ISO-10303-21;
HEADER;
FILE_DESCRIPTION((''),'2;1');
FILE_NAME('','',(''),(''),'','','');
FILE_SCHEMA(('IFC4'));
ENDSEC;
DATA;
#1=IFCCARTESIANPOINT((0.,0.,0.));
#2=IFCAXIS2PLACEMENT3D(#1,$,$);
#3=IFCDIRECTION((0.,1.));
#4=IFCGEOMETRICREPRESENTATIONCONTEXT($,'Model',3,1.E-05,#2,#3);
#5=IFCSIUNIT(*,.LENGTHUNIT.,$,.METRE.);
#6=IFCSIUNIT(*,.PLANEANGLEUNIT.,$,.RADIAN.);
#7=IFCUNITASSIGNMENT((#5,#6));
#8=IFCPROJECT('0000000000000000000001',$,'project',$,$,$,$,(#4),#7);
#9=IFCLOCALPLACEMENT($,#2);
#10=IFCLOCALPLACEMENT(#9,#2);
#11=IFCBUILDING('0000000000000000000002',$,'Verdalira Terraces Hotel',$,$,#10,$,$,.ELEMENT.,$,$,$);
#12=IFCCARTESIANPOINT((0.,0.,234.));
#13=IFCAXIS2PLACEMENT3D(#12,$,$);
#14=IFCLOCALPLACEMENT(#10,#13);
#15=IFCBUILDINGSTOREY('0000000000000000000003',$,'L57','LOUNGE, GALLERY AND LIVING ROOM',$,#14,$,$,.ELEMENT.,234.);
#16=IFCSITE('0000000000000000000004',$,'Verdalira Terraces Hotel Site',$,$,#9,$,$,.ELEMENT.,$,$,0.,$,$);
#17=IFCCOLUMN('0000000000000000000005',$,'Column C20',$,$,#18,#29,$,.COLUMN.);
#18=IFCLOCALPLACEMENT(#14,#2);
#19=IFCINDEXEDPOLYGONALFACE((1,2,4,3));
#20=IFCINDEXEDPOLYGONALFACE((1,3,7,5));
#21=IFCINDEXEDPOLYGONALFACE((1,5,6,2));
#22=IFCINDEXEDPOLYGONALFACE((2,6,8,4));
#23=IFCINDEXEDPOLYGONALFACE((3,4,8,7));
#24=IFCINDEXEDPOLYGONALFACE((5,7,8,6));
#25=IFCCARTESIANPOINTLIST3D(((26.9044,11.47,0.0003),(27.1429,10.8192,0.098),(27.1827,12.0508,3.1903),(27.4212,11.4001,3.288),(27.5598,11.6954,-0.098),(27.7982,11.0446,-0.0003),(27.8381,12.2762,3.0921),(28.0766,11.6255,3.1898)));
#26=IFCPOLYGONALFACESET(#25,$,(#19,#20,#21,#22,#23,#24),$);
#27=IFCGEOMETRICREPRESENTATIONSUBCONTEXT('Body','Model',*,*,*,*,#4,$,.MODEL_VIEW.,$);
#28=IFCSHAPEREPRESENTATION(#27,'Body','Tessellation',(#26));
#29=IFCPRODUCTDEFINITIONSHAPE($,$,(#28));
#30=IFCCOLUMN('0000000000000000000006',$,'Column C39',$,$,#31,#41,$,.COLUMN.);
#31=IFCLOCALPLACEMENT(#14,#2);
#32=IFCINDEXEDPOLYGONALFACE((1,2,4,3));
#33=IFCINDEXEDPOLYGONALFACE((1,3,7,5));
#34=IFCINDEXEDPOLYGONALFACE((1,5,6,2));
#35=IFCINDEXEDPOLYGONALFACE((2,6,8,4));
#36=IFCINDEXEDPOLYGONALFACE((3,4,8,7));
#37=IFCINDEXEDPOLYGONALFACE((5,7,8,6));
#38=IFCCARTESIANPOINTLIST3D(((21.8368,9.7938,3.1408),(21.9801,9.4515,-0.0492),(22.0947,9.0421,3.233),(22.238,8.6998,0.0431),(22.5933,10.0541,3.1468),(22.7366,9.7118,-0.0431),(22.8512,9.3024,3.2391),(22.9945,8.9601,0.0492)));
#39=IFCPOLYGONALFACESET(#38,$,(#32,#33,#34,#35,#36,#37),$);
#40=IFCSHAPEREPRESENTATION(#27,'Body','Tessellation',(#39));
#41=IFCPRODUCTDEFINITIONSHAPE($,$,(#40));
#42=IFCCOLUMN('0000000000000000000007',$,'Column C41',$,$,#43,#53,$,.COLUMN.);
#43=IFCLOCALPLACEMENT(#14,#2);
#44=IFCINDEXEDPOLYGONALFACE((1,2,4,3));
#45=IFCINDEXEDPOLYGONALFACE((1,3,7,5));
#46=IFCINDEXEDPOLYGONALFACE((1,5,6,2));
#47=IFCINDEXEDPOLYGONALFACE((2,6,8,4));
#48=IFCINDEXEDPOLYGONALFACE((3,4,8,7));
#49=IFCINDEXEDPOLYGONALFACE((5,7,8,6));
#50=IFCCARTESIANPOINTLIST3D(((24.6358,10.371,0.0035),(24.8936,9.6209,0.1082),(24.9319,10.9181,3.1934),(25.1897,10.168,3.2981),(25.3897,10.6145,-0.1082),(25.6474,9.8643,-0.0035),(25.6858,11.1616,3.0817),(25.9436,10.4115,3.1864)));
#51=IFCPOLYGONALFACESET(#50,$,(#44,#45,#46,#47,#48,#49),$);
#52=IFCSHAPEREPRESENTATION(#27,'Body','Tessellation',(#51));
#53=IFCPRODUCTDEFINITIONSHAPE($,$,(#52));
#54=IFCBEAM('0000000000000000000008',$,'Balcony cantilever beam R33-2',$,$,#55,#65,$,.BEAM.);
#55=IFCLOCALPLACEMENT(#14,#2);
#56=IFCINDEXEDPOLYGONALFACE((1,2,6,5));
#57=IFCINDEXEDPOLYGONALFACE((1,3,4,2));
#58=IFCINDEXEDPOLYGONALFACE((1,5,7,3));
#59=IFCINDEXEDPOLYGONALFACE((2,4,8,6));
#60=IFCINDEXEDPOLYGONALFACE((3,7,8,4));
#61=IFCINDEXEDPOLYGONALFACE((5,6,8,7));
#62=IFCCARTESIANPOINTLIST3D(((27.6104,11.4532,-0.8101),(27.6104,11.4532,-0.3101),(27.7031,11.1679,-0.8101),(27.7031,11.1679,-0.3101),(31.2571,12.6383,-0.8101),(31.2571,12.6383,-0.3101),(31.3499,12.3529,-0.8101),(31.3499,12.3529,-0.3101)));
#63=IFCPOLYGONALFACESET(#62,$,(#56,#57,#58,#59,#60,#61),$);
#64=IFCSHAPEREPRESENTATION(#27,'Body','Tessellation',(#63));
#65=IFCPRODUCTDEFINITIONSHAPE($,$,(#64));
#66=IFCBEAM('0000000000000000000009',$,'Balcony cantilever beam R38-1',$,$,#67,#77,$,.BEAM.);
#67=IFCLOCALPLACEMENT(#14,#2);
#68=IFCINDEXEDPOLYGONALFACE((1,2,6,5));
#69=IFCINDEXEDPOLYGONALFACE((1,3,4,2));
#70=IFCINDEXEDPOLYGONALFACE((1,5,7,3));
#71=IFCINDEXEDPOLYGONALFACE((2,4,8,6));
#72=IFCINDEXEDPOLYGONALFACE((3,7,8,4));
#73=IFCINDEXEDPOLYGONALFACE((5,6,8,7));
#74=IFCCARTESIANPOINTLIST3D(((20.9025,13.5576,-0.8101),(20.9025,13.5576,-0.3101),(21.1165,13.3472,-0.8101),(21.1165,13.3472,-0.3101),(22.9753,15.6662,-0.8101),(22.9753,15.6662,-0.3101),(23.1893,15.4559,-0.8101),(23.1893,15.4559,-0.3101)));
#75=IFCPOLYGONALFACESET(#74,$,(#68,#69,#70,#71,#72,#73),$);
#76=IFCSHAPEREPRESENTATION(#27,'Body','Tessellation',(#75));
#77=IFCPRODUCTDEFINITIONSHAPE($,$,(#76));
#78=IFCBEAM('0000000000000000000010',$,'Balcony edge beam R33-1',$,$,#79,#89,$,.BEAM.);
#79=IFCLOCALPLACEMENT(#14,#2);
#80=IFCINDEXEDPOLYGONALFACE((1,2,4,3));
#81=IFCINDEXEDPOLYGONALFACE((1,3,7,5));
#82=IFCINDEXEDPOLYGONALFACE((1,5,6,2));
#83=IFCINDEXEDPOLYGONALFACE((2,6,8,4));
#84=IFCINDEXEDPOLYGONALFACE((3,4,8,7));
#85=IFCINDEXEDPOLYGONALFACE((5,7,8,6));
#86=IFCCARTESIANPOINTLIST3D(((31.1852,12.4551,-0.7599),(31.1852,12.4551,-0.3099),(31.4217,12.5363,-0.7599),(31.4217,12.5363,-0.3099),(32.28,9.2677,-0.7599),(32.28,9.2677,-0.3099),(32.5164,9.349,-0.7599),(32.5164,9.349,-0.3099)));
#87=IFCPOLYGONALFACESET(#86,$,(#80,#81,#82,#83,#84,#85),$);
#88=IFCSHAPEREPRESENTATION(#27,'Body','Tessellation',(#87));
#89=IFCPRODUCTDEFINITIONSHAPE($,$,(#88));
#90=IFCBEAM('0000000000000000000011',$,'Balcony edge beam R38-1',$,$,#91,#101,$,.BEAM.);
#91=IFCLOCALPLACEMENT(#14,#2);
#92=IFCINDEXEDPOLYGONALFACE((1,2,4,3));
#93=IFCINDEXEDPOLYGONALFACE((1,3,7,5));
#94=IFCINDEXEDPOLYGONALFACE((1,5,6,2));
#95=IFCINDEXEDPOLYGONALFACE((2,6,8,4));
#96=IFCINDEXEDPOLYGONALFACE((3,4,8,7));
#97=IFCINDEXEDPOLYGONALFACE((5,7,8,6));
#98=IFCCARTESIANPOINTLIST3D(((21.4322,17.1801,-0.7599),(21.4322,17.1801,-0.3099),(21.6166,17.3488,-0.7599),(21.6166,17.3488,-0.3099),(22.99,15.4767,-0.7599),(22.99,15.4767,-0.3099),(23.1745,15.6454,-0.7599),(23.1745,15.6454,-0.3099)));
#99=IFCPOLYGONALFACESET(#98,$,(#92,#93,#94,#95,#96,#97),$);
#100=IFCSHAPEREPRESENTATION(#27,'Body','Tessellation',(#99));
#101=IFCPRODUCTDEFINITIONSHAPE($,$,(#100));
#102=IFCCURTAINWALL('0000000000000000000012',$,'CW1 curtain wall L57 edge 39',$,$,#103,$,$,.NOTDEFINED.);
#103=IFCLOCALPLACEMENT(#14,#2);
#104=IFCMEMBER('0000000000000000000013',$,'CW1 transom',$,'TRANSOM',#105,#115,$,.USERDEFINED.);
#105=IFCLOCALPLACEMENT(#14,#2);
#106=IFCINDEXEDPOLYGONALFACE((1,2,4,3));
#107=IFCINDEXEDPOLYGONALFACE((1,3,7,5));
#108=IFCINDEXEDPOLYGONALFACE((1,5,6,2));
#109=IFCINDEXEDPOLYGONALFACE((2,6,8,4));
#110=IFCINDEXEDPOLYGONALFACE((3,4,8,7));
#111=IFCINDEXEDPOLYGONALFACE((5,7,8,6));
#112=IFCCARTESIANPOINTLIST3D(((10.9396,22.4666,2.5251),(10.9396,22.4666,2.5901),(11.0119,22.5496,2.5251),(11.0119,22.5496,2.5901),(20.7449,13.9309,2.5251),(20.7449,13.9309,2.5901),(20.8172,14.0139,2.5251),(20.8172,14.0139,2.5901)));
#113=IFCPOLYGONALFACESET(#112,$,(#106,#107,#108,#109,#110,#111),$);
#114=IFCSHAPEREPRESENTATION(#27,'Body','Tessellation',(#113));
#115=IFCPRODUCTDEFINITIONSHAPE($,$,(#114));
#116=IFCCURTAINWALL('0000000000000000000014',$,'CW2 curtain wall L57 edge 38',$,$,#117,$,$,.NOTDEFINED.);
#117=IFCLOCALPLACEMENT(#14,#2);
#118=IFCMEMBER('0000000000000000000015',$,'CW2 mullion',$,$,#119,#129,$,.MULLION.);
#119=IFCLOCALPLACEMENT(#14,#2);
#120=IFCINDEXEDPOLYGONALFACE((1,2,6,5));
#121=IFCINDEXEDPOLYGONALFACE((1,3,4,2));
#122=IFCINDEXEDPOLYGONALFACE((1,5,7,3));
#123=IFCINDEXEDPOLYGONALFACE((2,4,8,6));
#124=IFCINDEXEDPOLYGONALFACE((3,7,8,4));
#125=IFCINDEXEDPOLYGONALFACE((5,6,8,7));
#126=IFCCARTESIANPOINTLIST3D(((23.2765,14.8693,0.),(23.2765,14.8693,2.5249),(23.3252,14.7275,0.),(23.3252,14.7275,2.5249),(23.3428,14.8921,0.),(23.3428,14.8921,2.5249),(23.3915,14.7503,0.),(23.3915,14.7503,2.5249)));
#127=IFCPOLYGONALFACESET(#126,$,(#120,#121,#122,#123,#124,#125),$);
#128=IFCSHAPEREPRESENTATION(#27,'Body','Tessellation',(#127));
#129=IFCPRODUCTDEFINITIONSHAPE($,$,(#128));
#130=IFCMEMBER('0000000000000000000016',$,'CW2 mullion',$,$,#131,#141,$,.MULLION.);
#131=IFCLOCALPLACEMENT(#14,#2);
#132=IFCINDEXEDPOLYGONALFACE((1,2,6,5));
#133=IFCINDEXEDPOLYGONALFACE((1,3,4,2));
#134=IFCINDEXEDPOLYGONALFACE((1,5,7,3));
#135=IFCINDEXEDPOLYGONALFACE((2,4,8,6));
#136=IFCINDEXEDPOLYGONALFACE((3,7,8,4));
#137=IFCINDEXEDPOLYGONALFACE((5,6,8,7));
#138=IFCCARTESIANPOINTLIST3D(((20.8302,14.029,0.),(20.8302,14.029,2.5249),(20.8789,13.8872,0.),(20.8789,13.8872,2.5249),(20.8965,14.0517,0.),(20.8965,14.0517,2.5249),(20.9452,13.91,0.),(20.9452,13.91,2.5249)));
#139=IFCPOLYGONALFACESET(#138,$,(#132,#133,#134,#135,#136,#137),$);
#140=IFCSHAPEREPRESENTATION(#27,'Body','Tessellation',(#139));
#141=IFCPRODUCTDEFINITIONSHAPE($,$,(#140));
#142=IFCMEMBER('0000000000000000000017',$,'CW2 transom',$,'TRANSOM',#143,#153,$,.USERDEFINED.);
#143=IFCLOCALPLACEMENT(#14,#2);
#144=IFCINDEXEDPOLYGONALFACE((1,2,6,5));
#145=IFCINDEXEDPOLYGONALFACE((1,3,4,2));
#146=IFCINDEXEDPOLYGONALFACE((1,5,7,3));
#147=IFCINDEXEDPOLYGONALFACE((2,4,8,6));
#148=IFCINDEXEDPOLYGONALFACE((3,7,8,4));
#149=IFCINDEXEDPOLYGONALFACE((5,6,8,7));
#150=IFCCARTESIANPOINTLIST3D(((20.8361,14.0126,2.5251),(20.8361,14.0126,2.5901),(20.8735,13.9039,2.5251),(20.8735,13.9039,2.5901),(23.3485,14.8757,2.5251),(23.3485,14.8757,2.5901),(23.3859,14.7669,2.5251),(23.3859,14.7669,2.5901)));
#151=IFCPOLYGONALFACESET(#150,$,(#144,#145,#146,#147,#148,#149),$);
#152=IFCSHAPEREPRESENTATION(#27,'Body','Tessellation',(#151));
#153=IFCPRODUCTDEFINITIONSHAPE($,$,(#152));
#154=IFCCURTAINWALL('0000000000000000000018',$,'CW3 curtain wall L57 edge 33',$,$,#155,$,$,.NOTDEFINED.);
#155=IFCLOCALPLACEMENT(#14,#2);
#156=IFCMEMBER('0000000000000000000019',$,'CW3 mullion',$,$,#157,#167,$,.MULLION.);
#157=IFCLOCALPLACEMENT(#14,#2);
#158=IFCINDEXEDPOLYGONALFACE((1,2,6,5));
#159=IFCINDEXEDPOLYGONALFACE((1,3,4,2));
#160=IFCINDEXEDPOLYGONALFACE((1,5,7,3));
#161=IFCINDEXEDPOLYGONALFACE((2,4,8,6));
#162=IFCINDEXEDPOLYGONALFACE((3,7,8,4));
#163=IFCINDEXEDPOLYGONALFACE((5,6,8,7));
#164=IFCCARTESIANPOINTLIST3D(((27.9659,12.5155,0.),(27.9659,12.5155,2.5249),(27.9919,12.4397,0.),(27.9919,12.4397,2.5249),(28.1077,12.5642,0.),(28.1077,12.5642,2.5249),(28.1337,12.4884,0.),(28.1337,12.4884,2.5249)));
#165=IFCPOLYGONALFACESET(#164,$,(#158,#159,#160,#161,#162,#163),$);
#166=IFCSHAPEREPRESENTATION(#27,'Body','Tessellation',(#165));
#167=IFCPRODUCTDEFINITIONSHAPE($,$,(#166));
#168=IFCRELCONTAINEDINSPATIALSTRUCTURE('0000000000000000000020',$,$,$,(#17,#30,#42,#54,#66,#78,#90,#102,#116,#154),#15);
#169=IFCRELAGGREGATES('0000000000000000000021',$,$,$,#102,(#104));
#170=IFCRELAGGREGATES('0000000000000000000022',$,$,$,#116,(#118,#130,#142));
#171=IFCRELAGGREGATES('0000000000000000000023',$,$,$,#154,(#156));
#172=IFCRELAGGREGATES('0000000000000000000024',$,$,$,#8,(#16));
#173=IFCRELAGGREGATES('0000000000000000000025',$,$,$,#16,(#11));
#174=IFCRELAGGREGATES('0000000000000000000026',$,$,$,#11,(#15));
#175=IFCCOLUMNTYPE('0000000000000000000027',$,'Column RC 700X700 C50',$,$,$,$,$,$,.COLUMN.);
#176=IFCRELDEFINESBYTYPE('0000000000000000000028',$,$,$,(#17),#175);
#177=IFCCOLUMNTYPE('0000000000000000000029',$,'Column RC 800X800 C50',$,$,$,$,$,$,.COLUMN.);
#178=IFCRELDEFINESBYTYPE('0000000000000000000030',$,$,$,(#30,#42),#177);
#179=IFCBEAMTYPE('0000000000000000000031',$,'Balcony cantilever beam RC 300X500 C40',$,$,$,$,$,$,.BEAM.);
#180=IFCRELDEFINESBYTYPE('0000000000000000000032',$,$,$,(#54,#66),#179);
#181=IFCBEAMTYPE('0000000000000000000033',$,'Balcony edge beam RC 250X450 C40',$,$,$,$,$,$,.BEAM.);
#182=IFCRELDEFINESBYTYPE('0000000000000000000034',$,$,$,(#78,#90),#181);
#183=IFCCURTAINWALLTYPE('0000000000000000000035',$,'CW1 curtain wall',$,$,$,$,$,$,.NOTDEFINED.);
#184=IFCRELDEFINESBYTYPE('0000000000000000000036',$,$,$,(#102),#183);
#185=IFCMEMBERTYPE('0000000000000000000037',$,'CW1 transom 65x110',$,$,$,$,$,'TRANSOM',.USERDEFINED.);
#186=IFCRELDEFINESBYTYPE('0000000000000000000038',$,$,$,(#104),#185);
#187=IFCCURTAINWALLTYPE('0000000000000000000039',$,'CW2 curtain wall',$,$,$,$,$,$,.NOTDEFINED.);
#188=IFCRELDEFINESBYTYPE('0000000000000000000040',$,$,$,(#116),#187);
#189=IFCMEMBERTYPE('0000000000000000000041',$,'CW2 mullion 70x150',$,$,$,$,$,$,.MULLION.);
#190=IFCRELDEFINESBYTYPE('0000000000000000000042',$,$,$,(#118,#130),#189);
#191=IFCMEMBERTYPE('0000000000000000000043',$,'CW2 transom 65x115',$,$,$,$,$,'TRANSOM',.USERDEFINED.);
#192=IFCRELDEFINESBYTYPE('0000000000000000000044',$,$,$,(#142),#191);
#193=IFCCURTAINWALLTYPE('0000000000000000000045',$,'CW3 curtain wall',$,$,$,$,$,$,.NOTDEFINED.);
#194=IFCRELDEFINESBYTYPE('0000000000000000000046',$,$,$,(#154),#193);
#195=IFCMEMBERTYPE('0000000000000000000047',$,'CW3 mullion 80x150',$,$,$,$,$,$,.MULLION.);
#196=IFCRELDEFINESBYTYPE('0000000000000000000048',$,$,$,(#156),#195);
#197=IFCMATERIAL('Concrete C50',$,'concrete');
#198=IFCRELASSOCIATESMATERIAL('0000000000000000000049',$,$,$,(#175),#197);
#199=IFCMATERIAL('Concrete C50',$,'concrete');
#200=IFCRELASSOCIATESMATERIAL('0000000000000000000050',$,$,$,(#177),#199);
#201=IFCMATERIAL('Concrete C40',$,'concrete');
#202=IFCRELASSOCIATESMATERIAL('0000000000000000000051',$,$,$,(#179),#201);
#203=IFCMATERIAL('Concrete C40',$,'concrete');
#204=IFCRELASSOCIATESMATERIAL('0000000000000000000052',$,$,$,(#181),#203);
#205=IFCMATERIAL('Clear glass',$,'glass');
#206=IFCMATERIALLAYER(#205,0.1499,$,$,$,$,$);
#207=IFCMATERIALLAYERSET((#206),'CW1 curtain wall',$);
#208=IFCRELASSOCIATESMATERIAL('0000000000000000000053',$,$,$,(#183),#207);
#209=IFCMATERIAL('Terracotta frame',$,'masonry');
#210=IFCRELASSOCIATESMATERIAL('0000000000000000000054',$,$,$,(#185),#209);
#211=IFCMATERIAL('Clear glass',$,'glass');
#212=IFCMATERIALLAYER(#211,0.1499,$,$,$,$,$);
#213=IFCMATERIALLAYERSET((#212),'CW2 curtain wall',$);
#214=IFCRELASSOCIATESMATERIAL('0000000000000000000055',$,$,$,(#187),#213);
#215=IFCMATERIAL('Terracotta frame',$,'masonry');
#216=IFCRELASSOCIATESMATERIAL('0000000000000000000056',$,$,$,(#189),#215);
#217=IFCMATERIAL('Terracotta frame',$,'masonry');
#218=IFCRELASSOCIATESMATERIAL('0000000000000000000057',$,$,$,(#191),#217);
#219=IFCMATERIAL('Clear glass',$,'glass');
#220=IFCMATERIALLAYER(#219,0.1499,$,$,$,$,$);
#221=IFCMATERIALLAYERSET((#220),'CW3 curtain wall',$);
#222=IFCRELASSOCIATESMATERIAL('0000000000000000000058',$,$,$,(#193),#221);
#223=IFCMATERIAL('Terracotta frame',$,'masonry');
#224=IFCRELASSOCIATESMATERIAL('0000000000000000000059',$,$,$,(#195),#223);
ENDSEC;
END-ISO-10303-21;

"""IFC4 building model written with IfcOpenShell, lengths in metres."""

from ifc_helpers import new_model, si_unit, direction, frame, origin, origin_2d, place, context, subcontext, project, spatial, rectangle, extrude, material, layer, layer_set, material_profile, profile_set, type_object, element, aggregate, save


model = new_model("IFC4")

# Units and contexts
model_context = context("Model", 3, precision=1e-05, world=origin(), true_north=direction((0.0, 1.0)))
body_context = subcontext(model_context, "Body", "Model", "MODEL_VIEW")
ifc_project = project(units=[si_unit("LENGTHUNIT", "METRE"), si_unit("PLANEANGLEUNIT", "RADIAN")], contexts=[model_context])

# Site, building, storey
site_placement = place(None, origin())
site = spatial("IfcSite", under=ifc_project, at=site_placement, Name="Verdalira Terraces Hotel Site", CompositionType="ELEMENT", RefElevation=0.0)
building_placement = place(site_placement, origin())
building = spatial("IfcBuilding", under=site, at=building_placement, Name="Verdalira Terraces Hotel", CompositionType="ELEMENT")
storey_placement = place(building_placement, frame((0.0, 0.0, 234.0)))
storey = spatial("IfcBuildingStorey", under=building, at=storey_placement, Name="L57", Description="LOUNGE, GALLERY AND LIVING ROOM", CompositionType="ELEMENT", Elevation=234.0)

# Columns
ifc_material_1 = material(Name="Concrete C50", Category="concrete")
ifc_material_profile_1 = material_profile(ifc_material_1, rectangle(XDim=0.7, YDim=0.7, at=origin_2d()), Name="RC 700X700")
ifc_profile_set_1 = profile_set([ifc_material_profile_1], Name="Concrete C50")
column_type_1 = type_object("IfcColumnType", Name="Column RC 700X700 C50", PredefinedType="COLUMN", material=ifc_profile_set_1)
column_1_placement = place(storey_placement, frame((27.3513, 11.2573, 0.0), z_axis=(0.085524, 0.178474, 0.980221), x_axis=(-0.340681, 0.929763, -0.139563)))
element("IfcColumn", 1, at=column_1_placement, inside=storey, type_object=column_type_1, Name="Column C20", PredefinedType="COLUMN", context=body_context, shape_type="SweptSolid", body=[
    extrude(rectangle(XDim=0.7, YDim=0.7, at=origin_2d()), origin(), (0.0, 0.0, 1.0), 3.2544),
])
ifc_material_2 = material(Name="Concrete C50", Category="concrete")
ifc_material_profile_2 = material_profile(ifc_material_2, rectangle(XDim=0.8, YDim=0.8, at=origin_2d()), Name="RC 800X800")
ifc_profile_set_2 = profile_set([ifc_material_profile_2], Name="Concrete C50")
column_type_2 = type_object("IfcColumnType", Name="Column RC 800X800 C50", PredefinedType="COLUMN", material=ifc_profile_set_2)
column_2_placement = place(storey_placement, frame((22.4873, 9.2058, 0.0), z_axis=(-0.044625, 0.106583, 0.993302), x_axis=(0.945572, 0.325325, 0.007573)))
element("IfcColumn", 2, at=column_2_placement, inside=storey, type_object=column_type_2, Name="Column C39", PredefinedType="COLUMN", context=body_context, shape_type="SweptSolid", body=[
    extrude(rectangle(XDim=0.8, YDim=0.8, at=origin_2d()), origin(), (0.0, 0.0, 1.0), 3.2114),
])
column_3_placement = place(storey_placement, frame((25.1416, 10.1177, 0.0), z_axis=(0.09112, 0.168342, 0.981508), x_axis=(0.94228, 0.304304, -0.13967)))
element("IfcColumn", 3, at=column_3_placement, inside=storey, type_object=column_type_2, Name="Column C41", PredefinedType="COLUMN", context=body_context, shape_type="SweptSolid", body=[
    extrude(rectangle(XDim=0.8, YDim=0.8, at=origin_2d()), origin(), (0.0, 0.0, 1.0), 3.25),
])

# Beams
ifc_material_3 = material(Name="Concrete C40", Category="concrete")
ifc_material_profile_3 = material_profile(ifc_material_3, rectangle(XDim=0.3, YDim=0.5, at=origin_2d()), Name="RC 300X500")
ifc_profile_set_3 = profile_set([ifc_material_profile_3], Name="Concrete C40")
beam_type_1 = type_object("IfcBeamType", Name="Balcony cantilever beam RC 300X500 C40", PredefinedType="BEAM", material=ifc_profile_set_3)
beam_1_placement = place(storey_placement, frame((27.6567, 11.3105, -0.5601), z_axis=(0.951044, 0.309056, 0.0), x_axis=(-0.309056, 0.951044, 0.0)))
element("IfcBeam", 4, at=beam_1_placement, inside=storey, type_object=beam_type_1, Name="Balcony cantilever beam R33-2", PredefinedType="BEAM", context=body_context, shape_type="SweptSolid", body=[
    extrude(rectangle(XDim=0.3, YDim=0.5, at=origin_2d()), origin(), (0.0, 0.0, 1.0), 3.8345),
])
beam_2_placement = place(storey_placement, frame((21.0095, 13.4524, -0.5601), z_axis=(0.701012, 0.71315, 0.0), x_axis=(-0.71315, 0.701012, 0.0)))
element("IfcBeam", 5, at=beam_2_placement, inside=storey, type_object=beam_type_1, Name="Balcony cantilever beam R38-1", PredefinedType="BEAM", context=body_context, shape_type="SweptSolid", body=[
    extrude(rectangle(XDim=0.3, YDim=0.5, at=origin_2d()), origin(), (0.0, 0.0, 1.0), 2.9568),
])
ifc_material_4 = material(Name="Concrete C40", Category="concrete")
ifc_material_profile_4 = material_profile(ifc_material_4, rectangle(XDim=0.25, YDim=0.45, at=origin_2d()), Name="RC 250X450")
ifc_profile_set_4 = profile_set([ifc_material_profile_4], Name="Concrete C40")
beam_type_2 = type_object("IfcBeamType", Name="Balcony edge beam RC 250X450 C40", PredefinedType="BEAM", material=ifc_profile_set_4)
beam_3_placement = place(storey_placement, frame((32.3982, 9.3084, -0.5349), z_axis=(-0.324843, 0.945768, 0.0), x_axis=(-0.945768, -0.324843, 0.0)))
element("IfcBeam", 6, at=beam_3_placement, inside=storey, type_object=beam_type_2, Name="Balcony edge beam R33-1", PredefinedType="BEAM", context=body_context, shape_type="SweptSolid", body=[
    extrude(rectangle(XDim=0.25, YDim=0.45, at=origin_2d()), origin(), (0.0, 0.0, 1.0), 3.3701),
])
beam_4_placement = place(storey_placement, frame((23.0823, 15.561, -0.5349), z_axis=(-0.674886, 0.737922, 0.0), x_axis=(-0.737922, -0.674886, 0.0)))
element("IfcBeam", 7, at=beam_4_placement, inside=storey, type_object=beam_type_2, Name="Balcony edge beam R38-1", PredefinedType="BEAM", context=body_context, shape_type="SweptSolid", body=[
    extrude(rectangle(XDim=0.25, YDim=0.45, at=origin_2d()), origin(), (0.0, 0.0, 1.0), 2.3083),
])

# Curtain wall, member
ifc_material_5 = material(Name="Clear glass", Category="glass")
ifc_layer_1 = layer(ifc_material_5, 0.1499)
ifc_layer_set_1 = layer_set([ifc_layer_1], Name="CW1 curtain wall")
curtain_wall_type_1 = type_object("IfcCurtainWallType", Name="CW1 curtain wall", PredefinedType="NOTDEFINED", material=ifc_layer_set_1)
curtain_wall_1_placement = place(storey_placement, origin())
curtain_wall_1 = element("IfcCurtainWall", 8, at=curtain_wall_1_placement, inside=storey, type_object=curtain_wall_type_1, Name="CW1 curtain wall L57 edge 39", PredefinedType="NOTDEFINED")
ifc_material_6 = material(Name="Terracotta frame", Category="masonry")
ifc_material_profile_5 = material_profile(ifc_material_6, rectangle(XDim=0.1101, YDim=0.0649, at=origin_2d()), Name="TR 65x110")
ifc_profile_set_5 = profile_set([ifc_material_profile_5], Name="Terracotta frame")
member_type_1 = type_object("IfcMemberType", Name="CW1 transom 65x110", ElementType="TRANSOM", PredefinedType="USERDEFINED", material=ifc_profile_set_5)
member_1_placement = place(storey_placement, frame((20.781, 13.9724, 2.5576), z_axis=(-0.754247, 0.656591, 0.0), x_axis=(-0.656591, -0.754247, 0.0)))
member_1 = element("IfcMember", 9, at=member_1_placement, type_object=member_type_1, Name="CW1 transom", ObjectType="TRANSOM", PredefinedType="USERDEFINED", context=body_context, shape_type="SweptSolid", body=[
    extrude(rectangle(XDim=0.1101, YDim=0.0649, at=origin_2d()), origin(), (0.0, 0.0, 1.0), 13.0),
])
aggregate(curtain_wall_1, [member_1])

# Curtain wall, members
ifc_material_7 = material(Name="Clear glass", Category="glass")
ifc_layer_2 = layer(ifc_material_7, 0.1499)
ifc_layer_set_2 = layer_set([ifc_layer_2], Name="CW2 curtain wall")
curtain_wall_type_2 = type_object("IfcCurtainWallType", Name="CW2 curtain wall", PredefinedType="NOTDEFINED", material=ifc_layer_set_2)
curtain_wall_2_placement = place(storey_placement, origin())
curtain_wall_2 = element("IfcCurtainWall", 10, at=curtain_wall_2_placement, inside=storey, type_object=curtain_wall_type_2, Name="CW2 curtain wall L57 edge 38", PredefinedType="NOTDEFINED")
ifc_material_8 = material(Name="Terracotta frame", Category="masonry")
ifc_material_profile_6 = material_profile(ifc_material_8, rectangle(XDim=0.0701, YDim=0.1499, at=origin_2d()), Name="MU 70x150")
ifc_profile_set_6 = profile_set([ifc_material_profile_6], Name="Terracotta frame")
member_type_2 = type_object("IfcMemberType", Name="CW2 mullion 70x150", PredefinedType="MULLION", material=ifc_profile_set_6)
member_2_placement = place(storey_placement, frame((23.334, 14.8098, 0.0), z_axis=(0.0, 0.0, 1.0), x_axis=(-0.945746, -0.324908, 0.0)))
member_2 = element("IfcMember", 11, at=member_2_placement, type_object=member_type_2, Name="CW2 mullion", PredefinedType="MULLION", context=body_context, shape_type="SweptSolid", body=[
    extrude(rectangle(XDim=0.0701, YDim=0.1499, at=origin_2d()), origin(), (0.0, 0.0, 1.0), 2.5249),
])
member_3_placement = place(storey_placement, frame((20.8877, 13.9695, 0.0), z_axis=(0.0, 0.0, 1.0), x_axis=(-0.945746, -0.324908, 0.0)))
member_3 = element("IfcMember", 12, at=member_3_placement, type_object=member_type_2, Name="CW2 mullion", PredefinedType="MULLION", context=body_context, shape_type="SweptSolid", body=[
    extrude(rectangle(XDim=0.0701, YDim=0.1499, at=origin_2d()), origin(), (0.0, 0.0, 1.0), 2.5249),
])
ifc_material_9 = material(Name="Terracotta frame", Category="masonry")
ifc_material_profile_7 = material_profile(ifc_material_9, rectangle(XDim=0.115, YDim=0.0649, at=origin_2d()), Name="TR 65x115")
ifc_profile_set_7 = profile_set([ifc_material_profile_7], Name="Terracotta frame")
member_type_3 = type_object("IfcMemberType", Name="CW2 transom 65x115", ElementType="TRANSOM", PredefinedType="USERDEFINED", material=ifc_profile_set_7)
member_4_placement = place(storey_placement, frame((23.3672, 14.8213, 2.5576), z_axis=(-0.945758, -0.324872, 0.0), x_axis=(0.324872, -0.945758, 0.0)))
member_4 = element("IfcMember", 13, at=member_4_placement, type_object=member_type_3, Name="CW2 transom", ObjectType="TRANSOM", PredefinedType="USERDEFINED", context=body_context, shape_type="SweptSolid", body=[
    extrude(rectangle(XDim=0.115, YDim=0.0649, at=origin_2d()), origin(), (0.0, 0.0, 1.0), 2.6565),
])

# Curtain wall, member
ifc_material_10 = material(Name="Clear glass", Category="glass")
ifc_layer_3 = layer(ifc_material_10, 0.1499)
ifc_layer_set_3 = layer_set([ifc_layer_3], Name="CW3 curtain wall")
curtain_wall_type_3 = type_object("IfcCurtainWallType", Name="CW3 curtain wall", PredefinedType="NOTDEFINED", material=ifc_layer_set_3)
curtain_wall_3_placement = place(storey_placement, origin())
curtain_wall_3 = element("IfcCurtainWall", 14, at=curtain_wall_3_placement, inside=storey, type_object=curtain_wall_type_3, Name="CW3 curtain wall L57 edge 33", PredefinedType="NOTDEFINED")
ifc_material_11 = material(Name="Terracotta frame", Category="masonry")
ifc_material_profile_8 = material_profile(ifc_material_11, rectangle(XDim=0.0801, YDim=0.1499, at=origin_2d()), Name="MU 80x150")
ifc_profile_set_8 = profile_set([ifc_material_profile_8], Name="Terracotta frame")
member_type_4 = type_object("IfcMemberType", Name="CW3 mullion 80x150", PredefinedType="MULLION", material=ifc_profile_set_8)
member_5_placement = place(storey_placement, frame((28.0498, 12.502, 0.0), z_axis=(0.0, 0.0, 1.0), x_axis=(-0.324908, 0.945746, 0.0)))
member_5 = element("IfcMember", 15, at=member_5_placement, type_object=member_type_4, Name="CW3 mullion", PredefinedType="MULLION", context=body_context, shape_type="SweptSolid", body=[
    extrude(rectangle(XDim=0.0801, YDim=0.1499, at=origin_2d()), origin(), (0.0, 0.0, 1.0), 2.5249),
])

aggregate(curtain_wall_2, [member_2, member_3, member_4])
aggregate(curtain_wall_3, [member_5])

save(model, "model.ifc")
